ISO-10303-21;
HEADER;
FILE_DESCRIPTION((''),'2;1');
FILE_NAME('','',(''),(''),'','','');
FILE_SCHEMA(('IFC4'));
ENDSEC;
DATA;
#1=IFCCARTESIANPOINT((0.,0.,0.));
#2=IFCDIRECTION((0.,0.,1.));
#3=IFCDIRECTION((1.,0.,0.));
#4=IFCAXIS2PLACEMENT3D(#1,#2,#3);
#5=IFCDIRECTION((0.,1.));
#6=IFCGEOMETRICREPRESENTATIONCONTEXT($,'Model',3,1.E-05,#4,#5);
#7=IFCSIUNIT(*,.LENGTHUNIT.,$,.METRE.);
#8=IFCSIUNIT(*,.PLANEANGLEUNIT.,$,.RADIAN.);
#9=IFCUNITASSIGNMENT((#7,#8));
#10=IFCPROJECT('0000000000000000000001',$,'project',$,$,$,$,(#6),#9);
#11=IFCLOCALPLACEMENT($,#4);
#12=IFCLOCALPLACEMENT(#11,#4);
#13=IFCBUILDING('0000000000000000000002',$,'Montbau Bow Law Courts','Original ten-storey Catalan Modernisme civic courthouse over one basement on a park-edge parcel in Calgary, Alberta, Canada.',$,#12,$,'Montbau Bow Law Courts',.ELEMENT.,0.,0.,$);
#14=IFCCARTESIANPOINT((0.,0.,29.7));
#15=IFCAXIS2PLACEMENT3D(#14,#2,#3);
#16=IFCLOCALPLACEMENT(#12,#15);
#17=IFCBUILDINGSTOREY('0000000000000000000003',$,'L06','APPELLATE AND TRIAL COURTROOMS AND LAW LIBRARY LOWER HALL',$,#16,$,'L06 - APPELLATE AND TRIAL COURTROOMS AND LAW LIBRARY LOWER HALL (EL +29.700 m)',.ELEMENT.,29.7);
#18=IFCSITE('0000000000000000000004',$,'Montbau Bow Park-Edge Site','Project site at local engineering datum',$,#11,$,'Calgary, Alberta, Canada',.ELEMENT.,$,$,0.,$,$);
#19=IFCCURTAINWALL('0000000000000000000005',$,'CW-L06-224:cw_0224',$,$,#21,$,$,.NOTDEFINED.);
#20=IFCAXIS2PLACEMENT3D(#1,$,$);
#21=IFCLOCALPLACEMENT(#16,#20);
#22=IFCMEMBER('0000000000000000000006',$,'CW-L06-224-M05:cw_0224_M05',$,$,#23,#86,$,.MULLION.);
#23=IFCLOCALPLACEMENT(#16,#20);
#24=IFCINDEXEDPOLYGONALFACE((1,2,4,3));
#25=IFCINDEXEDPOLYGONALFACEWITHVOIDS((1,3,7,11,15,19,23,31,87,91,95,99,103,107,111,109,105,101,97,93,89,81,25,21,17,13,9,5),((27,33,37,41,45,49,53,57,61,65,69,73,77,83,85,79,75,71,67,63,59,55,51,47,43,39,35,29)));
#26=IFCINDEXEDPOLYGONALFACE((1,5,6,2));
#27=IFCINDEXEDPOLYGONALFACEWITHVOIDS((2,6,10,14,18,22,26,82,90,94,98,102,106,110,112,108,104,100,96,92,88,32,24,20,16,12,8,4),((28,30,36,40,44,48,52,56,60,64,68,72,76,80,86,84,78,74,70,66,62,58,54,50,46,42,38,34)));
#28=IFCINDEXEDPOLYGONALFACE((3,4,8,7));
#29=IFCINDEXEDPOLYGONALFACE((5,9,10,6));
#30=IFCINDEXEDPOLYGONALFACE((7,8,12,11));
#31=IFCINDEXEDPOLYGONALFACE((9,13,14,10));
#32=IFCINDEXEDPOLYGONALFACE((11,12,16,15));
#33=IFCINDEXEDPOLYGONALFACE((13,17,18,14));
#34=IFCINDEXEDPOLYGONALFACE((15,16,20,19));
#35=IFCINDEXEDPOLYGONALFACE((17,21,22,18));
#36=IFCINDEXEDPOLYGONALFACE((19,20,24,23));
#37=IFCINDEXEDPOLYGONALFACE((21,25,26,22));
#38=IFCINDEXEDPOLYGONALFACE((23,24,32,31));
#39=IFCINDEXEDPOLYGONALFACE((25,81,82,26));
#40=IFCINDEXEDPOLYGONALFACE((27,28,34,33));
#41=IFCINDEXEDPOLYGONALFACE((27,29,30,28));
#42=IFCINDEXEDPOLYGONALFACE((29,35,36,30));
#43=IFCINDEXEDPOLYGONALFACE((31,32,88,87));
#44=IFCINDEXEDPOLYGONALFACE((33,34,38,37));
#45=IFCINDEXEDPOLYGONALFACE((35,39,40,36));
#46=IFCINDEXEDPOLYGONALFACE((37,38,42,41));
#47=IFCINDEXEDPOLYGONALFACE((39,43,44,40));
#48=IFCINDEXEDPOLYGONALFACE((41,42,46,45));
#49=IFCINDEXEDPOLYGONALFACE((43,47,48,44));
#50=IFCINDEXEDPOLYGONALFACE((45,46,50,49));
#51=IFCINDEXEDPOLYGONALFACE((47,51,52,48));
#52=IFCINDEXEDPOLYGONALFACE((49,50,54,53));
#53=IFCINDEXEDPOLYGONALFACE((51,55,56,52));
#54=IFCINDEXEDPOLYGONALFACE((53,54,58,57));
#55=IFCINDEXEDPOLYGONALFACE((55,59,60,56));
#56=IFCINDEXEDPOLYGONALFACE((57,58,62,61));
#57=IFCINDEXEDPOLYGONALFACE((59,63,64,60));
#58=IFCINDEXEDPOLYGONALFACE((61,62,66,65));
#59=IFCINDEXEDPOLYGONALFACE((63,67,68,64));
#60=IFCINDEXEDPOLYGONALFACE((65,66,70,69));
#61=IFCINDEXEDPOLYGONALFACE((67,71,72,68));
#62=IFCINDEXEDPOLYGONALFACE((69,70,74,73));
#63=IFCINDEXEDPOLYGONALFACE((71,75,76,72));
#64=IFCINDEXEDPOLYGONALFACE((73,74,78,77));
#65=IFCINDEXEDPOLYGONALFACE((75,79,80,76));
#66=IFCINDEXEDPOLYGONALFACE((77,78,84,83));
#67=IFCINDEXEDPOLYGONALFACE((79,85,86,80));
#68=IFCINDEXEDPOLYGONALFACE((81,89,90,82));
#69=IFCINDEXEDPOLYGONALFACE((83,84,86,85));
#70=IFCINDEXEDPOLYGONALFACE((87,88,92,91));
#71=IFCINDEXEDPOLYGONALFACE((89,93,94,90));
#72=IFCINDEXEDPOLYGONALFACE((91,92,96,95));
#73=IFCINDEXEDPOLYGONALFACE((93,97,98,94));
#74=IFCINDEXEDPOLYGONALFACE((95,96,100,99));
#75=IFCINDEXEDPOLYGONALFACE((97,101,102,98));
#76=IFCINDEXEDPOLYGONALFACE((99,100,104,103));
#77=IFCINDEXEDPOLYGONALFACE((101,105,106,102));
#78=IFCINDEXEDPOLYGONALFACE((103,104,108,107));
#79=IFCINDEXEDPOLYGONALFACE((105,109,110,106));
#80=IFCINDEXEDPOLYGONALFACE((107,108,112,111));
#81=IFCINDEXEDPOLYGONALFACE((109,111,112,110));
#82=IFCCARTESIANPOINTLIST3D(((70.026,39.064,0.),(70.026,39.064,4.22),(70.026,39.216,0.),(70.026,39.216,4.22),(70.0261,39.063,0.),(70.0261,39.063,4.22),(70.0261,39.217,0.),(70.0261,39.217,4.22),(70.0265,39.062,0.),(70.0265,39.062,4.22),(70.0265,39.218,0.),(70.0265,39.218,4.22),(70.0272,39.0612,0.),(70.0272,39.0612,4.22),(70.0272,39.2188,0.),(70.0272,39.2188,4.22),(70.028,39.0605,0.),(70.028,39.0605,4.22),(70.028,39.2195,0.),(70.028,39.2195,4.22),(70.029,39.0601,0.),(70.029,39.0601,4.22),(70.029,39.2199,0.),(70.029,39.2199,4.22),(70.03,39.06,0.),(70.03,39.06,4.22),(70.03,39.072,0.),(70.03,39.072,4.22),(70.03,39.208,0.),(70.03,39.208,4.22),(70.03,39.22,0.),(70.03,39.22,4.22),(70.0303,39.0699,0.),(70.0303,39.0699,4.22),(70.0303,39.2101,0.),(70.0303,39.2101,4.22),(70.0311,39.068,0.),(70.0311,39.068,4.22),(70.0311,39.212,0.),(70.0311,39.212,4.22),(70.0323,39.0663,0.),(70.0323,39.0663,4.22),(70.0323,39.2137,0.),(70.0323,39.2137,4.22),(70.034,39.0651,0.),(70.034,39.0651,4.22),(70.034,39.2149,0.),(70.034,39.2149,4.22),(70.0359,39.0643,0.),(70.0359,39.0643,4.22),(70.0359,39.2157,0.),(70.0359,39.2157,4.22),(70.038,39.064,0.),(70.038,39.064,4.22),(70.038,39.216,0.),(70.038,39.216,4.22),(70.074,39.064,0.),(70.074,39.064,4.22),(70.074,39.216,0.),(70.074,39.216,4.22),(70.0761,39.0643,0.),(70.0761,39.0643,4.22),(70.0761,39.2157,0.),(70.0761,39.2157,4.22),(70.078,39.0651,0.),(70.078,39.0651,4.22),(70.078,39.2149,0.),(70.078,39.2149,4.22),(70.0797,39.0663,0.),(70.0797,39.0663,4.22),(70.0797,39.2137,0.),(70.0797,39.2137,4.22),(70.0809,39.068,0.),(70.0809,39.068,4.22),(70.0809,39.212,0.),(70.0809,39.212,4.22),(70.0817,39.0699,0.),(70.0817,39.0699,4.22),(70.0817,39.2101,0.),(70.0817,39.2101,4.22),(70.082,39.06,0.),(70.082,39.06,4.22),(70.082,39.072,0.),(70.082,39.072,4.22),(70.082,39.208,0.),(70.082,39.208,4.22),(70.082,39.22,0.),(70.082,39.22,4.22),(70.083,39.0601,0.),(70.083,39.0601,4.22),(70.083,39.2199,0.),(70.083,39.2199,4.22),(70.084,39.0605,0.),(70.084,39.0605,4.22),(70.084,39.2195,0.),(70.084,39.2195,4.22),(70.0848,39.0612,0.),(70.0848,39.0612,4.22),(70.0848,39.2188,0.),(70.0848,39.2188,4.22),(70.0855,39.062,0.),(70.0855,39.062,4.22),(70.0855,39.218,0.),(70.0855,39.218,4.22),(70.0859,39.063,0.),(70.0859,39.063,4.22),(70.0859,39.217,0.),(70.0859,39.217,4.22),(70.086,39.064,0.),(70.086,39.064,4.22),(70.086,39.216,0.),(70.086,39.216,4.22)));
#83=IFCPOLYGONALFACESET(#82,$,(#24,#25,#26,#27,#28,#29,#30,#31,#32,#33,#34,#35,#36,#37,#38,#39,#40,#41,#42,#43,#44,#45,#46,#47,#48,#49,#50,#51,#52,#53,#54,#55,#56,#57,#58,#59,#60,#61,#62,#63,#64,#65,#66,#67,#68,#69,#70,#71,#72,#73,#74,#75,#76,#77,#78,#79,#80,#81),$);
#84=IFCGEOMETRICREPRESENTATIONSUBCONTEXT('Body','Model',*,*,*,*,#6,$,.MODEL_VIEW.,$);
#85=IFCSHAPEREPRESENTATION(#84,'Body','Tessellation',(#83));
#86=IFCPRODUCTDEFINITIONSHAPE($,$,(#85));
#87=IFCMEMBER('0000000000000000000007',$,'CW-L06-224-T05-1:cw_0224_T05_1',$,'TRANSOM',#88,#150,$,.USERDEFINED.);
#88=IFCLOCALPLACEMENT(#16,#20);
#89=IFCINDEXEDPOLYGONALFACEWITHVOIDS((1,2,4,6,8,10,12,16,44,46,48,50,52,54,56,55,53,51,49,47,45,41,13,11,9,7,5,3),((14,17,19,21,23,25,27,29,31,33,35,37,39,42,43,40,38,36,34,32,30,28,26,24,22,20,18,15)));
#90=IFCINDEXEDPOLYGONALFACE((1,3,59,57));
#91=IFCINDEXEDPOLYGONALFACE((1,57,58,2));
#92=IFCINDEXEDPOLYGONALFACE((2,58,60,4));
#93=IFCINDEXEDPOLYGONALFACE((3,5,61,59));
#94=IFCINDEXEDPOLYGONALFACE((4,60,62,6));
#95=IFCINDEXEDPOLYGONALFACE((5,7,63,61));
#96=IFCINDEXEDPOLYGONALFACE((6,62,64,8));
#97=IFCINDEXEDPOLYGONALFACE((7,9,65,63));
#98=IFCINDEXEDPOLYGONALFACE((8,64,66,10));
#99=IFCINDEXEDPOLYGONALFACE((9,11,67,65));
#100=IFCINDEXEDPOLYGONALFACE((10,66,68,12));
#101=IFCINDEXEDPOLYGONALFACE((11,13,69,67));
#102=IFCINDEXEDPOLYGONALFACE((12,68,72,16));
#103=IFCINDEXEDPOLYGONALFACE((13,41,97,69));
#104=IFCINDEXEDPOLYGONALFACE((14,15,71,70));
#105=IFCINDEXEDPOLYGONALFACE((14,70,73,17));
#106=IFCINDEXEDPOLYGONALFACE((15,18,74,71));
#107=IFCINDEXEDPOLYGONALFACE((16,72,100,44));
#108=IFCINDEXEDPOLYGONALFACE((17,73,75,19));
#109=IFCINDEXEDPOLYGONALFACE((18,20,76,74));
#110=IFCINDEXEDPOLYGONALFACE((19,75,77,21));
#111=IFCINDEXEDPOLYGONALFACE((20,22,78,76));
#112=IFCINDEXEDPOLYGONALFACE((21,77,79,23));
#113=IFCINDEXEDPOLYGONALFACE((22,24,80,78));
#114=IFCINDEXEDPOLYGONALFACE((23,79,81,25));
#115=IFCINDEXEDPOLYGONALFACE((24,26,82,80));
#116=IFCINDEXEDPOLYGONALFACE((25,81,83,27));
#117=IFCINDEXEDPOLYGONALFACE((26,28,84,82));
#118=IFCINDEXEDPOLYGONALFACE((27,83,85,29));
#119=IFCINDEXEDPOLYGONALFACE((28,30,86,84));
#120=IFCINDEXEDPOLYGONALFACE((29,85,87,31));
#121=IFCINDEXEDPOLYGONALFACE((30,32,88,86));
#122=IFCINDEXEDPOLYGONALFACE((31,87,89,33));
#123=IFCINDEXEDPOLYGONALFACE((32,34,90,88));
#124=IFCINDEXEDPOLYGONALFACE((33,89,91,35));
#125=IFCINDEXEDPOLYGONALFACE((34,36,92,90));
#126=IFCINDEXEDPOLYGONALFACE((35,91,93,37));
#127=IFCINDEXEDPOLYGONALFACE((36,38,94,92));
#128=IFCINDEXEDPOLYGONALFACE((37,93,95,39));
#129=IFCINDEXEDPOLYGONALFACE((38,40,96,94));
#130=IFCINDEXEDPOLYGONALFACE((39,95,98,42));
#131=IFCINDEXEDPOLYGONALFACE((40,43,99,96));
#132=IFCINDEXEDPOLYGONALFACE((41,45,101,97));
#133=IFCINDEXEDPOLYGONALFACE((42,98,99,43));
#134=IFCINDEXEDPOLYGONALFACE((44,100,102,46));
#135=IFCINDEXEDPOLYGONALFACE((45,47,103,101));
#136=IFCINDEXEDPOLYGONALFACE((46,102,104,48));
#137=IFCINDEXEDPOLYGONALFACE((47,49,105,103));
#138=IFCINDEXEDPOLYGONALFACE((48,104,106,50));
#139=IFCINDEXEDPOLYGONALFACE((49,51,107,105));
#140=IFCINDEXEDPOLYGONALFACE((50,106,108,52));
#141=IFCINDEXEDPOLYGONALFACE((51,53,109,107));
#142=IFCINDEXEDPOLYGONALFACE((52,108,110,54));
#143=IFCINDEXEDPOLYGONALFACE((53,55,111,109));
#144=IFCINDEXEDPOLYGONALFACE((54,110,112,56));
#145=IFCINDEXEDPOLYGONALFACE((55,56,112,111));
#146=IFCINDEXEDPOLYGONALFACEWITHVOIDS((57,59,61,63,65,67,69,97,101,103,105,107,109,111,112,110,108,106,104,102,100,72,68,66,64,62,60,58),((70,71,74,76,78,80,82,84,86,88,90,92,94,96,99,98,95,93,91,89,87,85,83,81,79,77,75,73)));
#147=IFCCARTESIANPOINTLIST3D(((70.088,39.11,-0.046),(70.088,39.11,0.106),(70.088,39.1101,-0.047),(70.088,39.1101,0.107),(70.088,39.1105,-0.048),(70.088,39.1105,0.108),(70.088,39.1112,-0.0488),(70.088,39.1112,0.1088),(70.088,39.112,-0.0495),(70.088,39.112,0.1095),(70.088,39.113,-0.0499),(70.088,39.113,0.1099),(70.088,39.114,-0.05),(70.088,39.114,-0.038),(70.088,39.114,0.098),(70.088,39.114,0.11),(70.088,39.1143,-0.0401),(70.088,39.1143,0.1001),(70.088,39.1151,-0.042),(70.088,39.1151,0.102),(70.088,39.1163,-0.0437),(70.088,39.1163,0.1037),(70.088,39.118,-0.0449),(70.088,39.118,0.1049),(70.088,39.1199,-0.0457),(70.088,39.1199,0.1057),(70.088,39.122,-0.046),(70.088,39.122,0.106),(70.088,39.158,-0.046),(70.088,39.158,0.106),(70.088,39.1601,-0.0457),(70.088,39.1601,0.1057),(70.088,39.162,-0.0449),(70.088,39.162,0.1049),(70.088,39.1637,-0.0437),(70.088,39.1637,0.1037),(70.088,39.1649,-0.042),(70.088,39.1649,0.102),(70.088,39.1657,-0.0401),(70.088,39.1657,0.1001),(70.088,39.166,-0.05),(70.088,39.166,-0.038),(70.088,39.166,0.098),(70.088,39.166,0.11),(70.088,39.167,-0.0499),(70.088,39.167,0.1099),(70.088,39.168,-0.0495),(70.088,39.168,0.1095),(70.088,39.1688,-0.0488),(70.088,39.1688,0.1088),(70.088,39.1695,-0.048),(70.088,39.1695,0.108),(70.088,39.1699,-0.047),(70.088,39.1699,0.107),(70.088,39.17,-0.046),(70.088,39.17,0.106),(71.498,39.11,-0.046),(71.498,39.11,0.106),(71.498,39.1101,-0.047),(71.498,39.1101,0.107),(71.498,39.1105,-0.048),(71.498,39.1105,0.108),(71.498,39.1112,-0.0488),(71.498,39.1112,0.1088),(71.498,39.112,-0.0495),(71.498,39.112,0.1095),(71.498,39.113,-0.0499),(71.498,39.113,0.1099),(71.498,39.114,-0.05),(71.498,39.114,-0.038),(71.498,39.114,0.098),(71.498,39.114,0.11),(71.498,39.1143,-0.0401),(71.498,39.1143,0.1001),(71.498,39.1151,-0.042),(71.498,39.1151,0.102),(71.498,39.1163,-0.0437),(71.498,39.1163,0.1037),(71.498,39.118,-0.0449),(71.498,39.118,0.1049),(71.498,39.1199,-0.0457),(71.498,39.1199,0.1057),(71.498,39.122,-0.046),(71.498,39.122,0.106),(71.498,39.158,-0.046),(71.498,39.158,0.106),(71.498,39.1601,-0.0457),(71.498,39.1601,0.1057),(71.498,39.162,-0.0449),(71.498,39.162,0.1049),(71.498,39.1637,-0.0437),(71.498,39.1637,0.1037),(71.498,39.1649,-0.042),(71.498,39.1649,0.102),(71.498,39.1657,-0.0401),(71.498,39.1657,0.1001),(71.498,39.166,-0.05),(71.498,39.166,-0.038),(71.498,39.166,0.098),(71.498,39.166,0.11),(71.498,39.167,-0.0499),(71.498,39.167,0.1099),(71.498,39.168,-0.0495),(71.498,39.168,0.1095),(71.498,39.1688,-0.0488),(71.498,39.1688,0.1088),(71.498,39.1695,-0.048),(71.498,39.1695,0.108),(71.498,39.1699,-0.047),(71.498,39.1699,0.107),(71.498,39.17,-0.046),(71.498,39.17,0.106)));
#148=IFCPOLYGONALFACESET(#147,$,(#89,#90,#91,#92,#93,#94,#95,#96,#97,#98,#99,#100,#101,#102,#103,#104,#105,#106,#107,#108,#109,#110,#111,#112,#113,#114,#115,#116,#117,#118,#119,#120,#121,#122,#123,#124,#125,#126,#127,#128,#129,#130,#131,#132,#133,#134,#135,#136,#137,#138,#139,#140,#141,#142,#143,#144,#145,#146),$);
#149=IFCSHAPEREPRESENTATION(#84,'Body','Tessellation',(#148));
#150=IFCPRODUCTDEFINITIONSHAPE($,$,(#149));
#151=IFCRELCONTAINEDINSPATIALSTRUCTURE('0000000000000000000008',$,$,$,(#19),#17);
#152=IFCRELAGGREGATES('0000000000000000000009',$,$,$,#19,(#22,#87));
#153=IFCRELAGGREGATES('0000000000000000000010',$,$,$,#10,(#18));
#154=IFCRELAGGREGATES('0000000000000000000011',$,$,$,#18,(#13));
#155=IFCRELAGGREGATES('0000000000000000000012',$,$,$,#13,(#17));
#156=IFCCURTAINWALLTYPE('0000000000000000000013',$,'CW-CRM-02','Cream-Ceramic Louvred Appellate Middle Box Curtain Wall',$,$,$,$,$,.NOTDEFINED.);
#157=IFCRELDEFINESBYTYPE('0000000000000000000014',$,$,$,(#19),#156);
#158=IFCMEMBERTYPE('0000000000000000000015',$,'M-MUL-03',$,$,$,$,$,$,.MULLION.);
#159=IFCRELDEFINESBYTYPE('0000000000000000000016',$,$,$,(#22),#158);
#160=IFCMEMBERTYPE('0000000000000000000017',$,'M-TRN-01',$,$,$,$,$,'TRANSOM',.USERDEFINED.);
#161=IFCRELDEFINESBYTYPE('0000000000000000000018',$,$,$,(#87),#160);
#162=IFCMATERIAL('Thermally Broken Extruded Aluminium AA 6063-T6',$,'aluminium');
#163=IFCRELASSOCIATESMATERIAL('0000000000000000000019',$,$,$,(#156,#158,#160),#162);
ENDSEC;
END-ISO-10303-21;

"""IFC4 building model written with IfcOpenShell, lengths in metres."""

from ifc_helpers import new_model, si_unit, direction, frame, origin_with_axes, origin_2d_with_axis, place, context, subcontext, project, spatial, hollow_rectangle, extrude, material, material_profile, profile_set, type_object, element, aggregate, save


model = new_model("IFC4")

# Units and contexts
model_context = context("Model", 3, precision=1e-05, world=origin_with_axes(), true_north=direction((0.0, 1.0)))
body_context = subcontext(model_context, "Body", "Model", "MODEL_VIEW")
ifc_project = project(units=[si_unit("LENGTHUNIT", "METRE"), si_unit("PLANEANGLEUNIT", "RADIAN")], contexts=[model_context])

# Site, building, storey
site_placement = place(None, origin_with_axes())
site = spatial("IfcSite", under=ifc_project, at=site_placement, Name="Montbau Bow Park-Edge Site", Description="Project site at local engineering datum", LongName="Calgary, Alberta, Canada", CompositionType="ELEMENT", RefElevation=0.0)
building_placement = place(site_placement, origin_with_axes())
building = spatial("IfcBuilding", under=site, at=building_placement, Name="Montbau Bow Law Courts", Description="Original ten-storey Catalan Modernisme civic courthouse over one basement on a park-edge parcel in Calgary, Alberta, Canada.", LongName="Montbau Bow Law Courts", CompositionType="ELEMENT", ElevationOfRefHeight=0.0, ElevationOfTerrain=0.0)
storey_placement = place(building_placement, frame((0.0, 0.0, 29.7), z_axis=(0.0, 0.0, 1.0), x_axis=(1.0, 0.0, 0.0)))
storey = spatial("IfcBuildingStorey", under=building, at=storey_placement, Name="L06", Description="APPELLATE AND TRIAL COURTROOMS AND LAW LIBRARY LOWER HALL", LongName="L06 - APPELLATE AND TRIAL COURTROOMS AND LAW LIBRARY LOWER HALL (EL +29.700 m)", CompositionType="ELEMENT", Elevation=29.7)

# Curtain wall, members
ifc_material_1 = material(Name="Thermally Broken Extruded Aluminium AA 6063-T6", Category="aluminium")
curtain_wall_type = type_object("IfcCurtainWallType", Name="CW-CRM-02", Description="Cream-Ceramic Louvred Appellate Middle Box Curtain Wall", PredefinedType="NOTDEFINED", material=ifc_material_1)
curtain_wall_placement = place(None, frame((64.04, 39.14, 29.7), z_axis=(0.0, 0.0, 1.0), x_axis=(1.0, 0.0, 0.0)))
curtain_wall = element("IfcCurtainWall", 1, at=curtain_wall_placement, inside=storey, type_object=curtain_wall_type, Name="CW-L06-224:cw_0224", PredefinedType="NOTDEFINED")
ifc_material_profile_1 = material_profile(ifc_material_1, hollow_rectangle(XDim=0.06, YDim=0.16, WallThickness=0.004, InnerFilletRadius=0.008, OuterFilletRadius=0.004, at=origin_2d_with_axis()), Name="CWM-160X60", Category="Main", Priority=0)
ifc_profile_set_1 = profile_set([ifc_material_profile_1], Name="Thermally Broken Extruded Aluminium AA 6063-T6")
member_type_1 = type_object("IfcMemberType", Name="M-MUL-03", PredefinedType="MULLION", material=ifc_profile_set_1)
member_1_placement = place(None, frame((70.056, 39.14, 29.7), z_axis=(0.0, 0.0, 1.0), x_axis=(1.0, 0.0, 0.0)))
member_1 = element("IfcMember", 2, at=member_1_placement, type_object=member_type_1, Name="CW-L06-224-M05:cw_0224_M05", PredefinedType="MULLION", context=body_context, shape_type="SweptSolid", body=[
    extrude(hollow_rectangle(XDim=0.06, YDim=0.16, WallThickness=0.004, InnerFilletRadius=0.008, OuterFilletRadius=0.004, at=origin_2d_with_axis()), origin_with_axes(), (0.0, 0.0, 1.0), 4.22),
])
ifc_material_profile_2 = material_profile(ifc_material_1, hollow_rectangle(XDim=0.06, YDim=0.16, WallThickness=0.004, InnerFilletRadius=0.008, OuterFilletRadius=0.004, at=origin_2d_with_axis()), Name="CWT-160X60", Category="Main", Priority=0)
ifc_profile_set_2 = profile_set([ifc_material_profile_2], Name="Thermally Broken Extruded Aluminium AA 6063-T6")
member_type_2 = type_object("IfcMemberType", Name="M-TRN-01", ElementType="TRANSOM", PredefinedType="USERDEFINED", material=ifc_profile_set_2)
member_2_placement = place(None, frame((70.088, 39.14, 29.73), z_axis=(1.0, 0.0, 0.0), x_axis=(0.0, 1.0, 0.0)))
member_2 = element("IfcMember", 3, at=member_2_placement, type_object=member_type_2, Name="CW-L06-224-T05-1:cw_0224_T05_1", ObjectType="TRANSOM", PredefinedType="USERDEFINED", context=body_context, shape_type="SweptSolid", body=[
    extrude(hollow_rectangle(XDim=0.06, YDim=0.16, WallThickness=0.004, InnerFilletRadius=0.008, OuterFilletRadius=0.004, at=origin_2d_with_axis()), origin_with_axes(), (0.0, 0.0, 1.0), 1.41),
])
aggregate(curtain_wall, [member_1, member_2])

save(model, "model.ifc")
